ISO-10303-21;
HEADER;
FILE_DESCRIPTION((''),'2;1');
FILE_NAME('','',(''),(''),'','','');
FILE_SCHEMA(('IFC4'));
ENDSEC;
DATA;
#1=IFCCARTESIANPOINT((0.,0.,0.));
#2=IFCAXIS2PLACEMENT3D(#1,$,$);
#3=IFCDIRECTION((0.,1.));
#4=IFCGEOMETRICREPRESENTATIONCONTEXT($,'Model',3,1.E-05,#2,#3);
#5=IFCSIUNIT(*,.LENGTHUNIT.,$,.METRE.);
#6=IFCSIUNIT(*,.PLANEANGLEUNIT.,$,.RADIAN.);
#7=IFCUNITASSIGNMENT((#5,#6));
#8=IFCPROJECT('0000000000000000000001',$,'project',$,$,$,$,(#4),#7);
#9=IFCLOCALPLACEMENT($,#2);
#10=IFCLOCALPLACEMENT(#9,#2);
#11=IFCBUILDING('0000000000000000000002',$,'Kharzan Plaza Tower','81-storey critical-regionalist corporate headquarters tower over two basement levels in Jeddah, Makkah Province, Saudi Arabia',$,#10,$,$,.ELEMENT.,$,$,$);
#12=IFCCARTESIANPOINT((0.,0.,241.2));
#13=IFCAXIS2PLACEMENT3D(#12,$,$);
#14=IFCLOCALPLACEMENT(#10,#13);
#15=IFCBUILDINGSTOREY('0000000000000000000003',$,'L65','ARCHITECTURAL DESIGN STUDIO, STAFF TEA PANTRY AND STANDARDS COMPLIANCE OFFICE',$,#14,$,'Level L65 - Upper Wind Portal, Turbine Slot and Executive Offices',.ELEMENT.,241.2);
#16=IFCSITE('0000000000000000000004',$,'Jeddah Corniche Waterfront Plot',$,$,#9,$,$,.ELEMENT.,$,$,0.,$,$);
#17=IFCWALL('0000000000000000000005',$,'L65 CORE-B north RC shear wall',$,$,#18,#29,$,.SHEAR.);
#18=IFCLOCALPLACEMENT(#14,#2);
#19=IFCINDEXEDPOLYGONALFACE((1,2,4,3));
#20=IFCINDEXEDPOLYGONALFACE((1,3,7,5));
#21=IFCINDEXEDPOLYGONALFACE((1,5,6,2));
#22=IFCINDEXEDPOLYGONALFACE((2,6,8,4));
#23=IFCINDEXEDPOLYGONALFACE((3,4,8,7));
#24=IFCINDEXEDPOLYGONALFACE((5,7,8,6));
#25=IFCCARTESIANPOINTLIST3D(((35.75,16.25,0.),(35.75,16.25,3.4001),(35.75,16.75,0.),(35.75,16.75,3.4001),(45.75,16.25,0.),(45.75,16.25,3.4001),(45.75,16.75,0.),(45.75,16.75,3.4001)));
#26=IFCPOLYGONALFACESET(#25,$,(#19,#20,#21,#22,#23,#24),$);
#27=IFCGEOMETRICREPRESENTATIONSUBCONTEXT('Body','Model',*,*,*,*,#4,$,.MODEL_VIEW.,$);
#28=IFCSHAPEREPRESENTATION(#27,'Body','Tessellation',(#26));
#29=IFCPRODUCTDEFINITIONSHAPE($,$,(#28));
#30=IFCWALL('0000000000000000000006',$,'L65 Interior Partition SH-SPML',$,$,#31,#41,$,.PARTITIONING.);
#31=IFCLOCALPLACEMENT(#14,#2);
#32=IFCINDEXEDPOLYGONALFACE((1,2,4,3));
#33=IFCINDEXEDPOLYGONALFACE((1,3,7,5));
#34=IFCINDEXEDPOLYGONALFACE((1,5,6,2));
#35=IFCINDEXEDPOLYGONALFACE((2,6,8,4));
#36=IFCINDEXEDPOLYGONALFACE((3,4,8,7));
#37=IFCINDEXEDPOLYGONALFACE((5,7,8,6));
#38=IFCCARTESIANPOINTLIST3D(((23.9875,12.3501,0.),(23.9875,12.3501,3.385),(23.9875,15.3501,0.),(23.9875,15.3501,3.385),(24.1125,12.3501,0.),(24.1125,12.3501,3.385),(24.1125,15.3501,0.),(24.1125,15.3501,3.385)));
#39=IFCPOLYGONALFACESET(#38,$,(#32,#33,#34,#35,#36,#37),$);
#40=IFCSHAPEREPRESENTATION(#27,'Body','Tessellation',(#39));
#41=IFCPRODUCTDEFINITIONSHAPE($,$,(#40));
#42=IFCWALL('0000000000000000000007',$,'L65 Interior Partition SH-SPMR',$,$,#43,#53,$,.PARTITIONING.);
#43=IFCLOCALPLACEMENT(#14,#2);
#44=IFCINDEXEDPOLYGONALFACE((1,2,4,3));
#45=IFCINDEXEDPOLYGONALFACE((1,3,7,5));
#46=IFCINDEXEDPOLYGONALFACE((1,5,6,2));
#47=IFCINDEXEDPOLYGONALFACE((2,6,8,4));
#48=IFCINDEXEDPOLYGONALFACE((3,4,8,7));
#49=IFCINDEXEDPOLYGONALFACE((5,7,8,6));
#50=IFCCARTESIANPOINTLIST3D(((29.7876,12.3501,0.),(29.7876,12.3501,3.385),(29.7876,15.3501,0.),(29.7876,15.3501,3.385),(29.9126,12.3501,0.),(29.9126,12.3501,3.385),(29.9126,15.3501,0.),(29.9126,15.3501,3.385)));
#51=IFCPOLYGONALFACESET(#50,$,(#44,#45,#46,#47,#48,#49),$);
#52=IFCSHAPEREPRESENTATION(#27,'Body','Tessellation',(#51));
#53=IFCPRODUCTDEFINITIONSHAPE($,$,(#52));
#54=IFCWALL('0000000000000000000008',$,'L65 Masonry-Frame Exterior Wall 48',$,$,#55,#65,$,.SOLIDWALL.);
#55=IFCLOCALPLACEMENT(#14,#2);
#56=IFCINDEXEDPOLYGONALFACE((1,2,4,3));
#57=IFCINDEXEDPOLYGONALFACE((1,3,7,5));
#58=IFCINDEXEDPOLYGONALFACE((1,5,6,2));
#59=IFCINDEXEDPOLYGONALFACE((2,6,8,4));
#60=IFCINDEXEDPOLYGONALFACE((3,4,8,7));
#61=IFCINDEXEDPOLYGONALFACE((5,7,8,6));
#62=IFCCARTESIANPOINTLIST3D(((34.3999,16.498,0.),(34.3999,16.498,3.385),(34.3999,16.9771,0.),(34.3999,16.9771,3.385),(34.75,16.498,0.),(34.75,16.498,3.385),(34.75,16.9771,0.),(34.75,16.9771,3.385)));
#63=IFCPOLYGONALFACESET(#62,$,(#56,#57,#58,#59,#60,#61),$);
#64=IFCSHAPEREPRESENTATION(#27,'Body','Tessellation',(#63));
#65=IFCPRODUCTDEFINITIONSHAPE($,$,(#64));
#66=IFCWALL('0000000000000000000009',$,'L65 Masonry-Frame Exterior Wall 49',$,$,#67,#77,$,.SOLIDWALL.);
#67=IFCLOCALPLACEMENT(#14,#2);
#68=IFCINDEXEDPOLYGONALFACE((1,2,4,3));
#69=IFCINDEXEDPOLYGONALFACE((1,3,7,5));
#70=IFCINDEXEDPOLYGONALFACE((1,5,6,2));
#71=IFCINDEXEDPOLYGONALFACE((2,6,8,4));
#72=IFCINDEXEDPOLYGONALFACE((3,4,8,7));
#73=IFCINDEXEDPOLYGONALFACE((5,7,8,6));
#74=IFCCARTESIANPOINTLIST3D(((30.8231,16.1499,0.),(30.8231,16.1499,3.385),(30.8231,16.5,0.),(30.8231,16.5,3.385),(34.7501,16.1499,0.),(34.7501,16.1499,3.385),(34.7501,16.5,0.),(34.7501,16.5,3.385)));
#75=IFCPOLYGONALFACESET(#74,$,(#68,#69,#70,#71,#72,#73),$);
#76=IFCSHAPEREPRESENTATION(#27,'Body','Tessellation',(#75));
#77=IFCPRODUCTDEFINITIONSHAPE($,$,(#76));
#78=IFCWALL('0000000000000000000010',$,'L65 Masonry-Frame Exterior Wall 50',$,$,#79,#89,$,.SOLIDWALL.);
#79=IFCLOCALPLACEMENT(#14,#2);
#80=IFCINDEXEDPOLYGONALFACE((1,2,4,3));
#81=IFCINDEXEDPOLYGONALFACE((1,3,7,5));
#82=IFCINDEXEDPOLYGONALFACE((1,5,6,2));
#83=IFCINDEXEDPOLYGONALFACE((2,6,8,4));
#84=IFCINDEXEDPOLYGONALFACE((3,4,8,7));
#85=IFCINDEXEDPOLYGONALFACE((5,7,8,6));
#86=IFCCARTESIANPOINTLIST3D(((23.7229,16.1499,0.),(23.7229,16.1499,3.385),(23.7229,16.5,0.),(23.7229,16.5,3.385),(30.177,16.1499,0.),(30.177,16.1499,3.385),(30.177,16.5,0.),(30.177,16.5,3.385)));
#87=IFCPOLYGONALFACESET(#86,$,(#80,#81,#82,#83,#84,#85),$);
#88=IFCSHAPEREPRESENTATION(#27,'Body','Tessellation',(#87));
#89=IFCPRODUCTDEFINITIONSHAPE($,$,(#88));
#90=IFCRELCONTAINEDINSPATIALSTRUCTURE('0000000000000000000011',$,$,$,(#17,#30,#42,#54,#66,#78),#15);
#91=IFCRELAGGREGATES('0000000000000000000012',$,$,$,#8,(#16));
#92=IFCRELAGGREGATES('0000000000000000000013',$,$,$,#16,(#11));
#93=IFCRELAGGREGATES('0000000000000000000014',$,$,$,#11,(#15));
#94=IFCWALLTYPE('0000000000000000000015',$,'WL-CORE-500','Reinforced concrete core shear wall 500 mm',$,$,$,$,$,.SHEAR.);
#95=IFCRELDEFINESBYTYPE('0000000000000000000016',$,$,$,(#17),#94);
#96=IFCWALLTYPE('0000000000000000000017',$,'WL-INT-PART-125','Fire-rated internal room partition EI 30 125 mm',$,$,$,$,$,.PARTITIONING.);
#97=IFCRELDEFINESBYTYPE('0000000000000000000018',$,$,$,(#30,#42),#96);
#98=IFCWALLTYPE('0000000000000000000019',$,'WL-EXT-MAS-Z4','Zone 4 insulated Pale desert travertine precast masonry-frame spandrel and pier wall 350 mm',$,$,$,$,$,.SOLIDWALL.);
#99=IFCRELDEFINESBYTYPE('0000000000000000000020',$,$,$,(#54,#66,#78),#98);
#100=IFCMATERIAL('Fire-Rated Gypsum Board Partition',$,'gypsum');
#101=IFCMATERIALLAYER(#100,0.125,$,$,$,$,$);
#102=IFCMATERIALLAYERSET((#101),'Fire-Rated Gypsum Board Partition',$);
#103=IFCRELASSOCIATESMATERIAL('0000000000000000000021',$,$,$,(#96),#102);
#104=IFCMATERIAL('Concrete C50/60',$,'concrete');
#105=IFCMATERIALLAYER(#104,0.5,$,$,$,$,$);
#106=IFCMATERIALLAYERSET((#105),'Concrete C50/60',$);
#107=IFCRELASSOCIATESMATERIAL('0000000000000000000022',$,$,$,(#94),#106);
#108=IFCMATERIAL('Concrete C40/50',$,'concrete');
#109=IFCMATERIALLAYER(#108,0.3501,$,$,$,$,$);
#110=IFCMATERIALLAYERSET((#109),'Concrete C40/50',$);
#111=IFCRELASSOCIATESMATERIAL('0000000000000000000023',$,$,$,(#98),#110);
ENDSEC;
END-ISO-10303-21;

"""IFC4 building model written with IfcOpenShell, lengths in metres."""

from ifc_helpers import new_model, si_unit, direction, frame, frame_2d, origin, place, context, subcontext, project, spatial, rectangle, extrude, source, transform, mapped, material, layer, layer_set, type_object, element, save


model = new_model("IFC4")

# Units and contexts
model_context = context("Model", 3, precision=1e-05, world=origin(), true_north=direction((0.0, 1.0)))
body_context = subcontext(model_context, "Body", "Model", "MODEL_VIEW")
ifc_project = project(units=[si_unit("LENGTHUNIT", "METRE"), si_unit("PLANEANGLEUNIT", "RADIAN")], contexts=[model_context])

# Site, building, storey
site_placement = place(None, origin())
site = spatial("IfcSite", under=ifc_project, at=site_placement, Name="Jeddah Corniche Waterfront Plot", CompositionType="ELEMENT", RefElevation=0.0)
building_placement = place(site_placement, origin())
building = spatial("IfcBuilding", under=site, at=building_placement, Name="Kharzan Plaza Tower", Description="81-storey critical-regionalist corporate headquarters tower over two basement levels in Jeddah, Makkah Province, Saudi Arabia", CompositionType="ELEMENT")
storey_placement = place(building_placement, frame((0.0, 0.0, 241.2)))
storey = spatial("IfcBuildingStorey", under=building, at=storey_placement, Name="L65", Description="ARCHITECTURAL DESIGN STUDIO, STAFF TEA PANTRY AND STANDARDS COMPLIANCE OFFICE", LongName="Level L65 - Upper Wind Portal, Turbine Slot and Executive Offices", CompositionType="ELEMENT", Elevation=241.2)

# Shared definitions
ifc_material_1 = material(Name="Concrete C50/60", Category="concrete")

# Shared definitions
ifc_material_2 = material(Name="Fire-Rated Gypsum Board Partition", Category="gypsum")
ifc_layer_1 = layer(ifc_material_2, 0.125)
ifc_layer_set_1 = layer_set([ifc_layer_1], Name="Fire-Rated Gypsum Board Partition")
wall_type_1 = type_object("IfcWallType", Name="WL-INT-PART-125", Description="Fire-rated internal room partition EI 30 125 mm", PredefinedType="PARTITIONING", material=ifc_layer_set_1)

# Walls
ifc_layer_2 = layer(ifc_material_1, 0.5)
ifc_layer_set_2 = layer_set([ifc_layer_2], Name="Concrete C50/60")
wall_type_2 = type_object("IfcWallType", Name="WL-CORE-500", Description="Reinforced concrete core shear wall 500 mm", PredefinedType="SHEAR", material=ifc_layer_set_2)
shared_shape_1 = source(origin(), body_context, "Body", "SweptSolid", [
    extrude(rectangle(XDim=10.0, YDim=0.5, at=frame_2d((5.0, 0.0))), origin(), (0.0, 0.0, 1.0), 3.4001),
])
wall_1_placement = place(storey_placement, frame((35.75, 16.5, 0.0), z_axis=(0.0, 0.0, 1.0), x_axis=(1.0, 0.0, 0.0)))
element("IfcWall", 1, at=wall_1_placement, inside=storey, type_object=wall_type_2, Name="L65 CORE-B north RC shear wall", PredefinedType="SHEAR", context=body_context, shape_type="MappedRepresentation", body=[
    mapped(shared_shape_1, transform((0.0, 0.0, 0.0), x_axis=(1.0, 0.0, 0.0), y_axis=(0.0, 1.0, 0.0), z_axis=(0.0, 0.0, 1.0))),
])
shared_shape_2 = source(origin(), body_context, "Body", "SweptSolid", [
    extrude(rectangle(XDim=3.0, YDim=0.125, at=frame_2d((1.5, 0.0))), origin(), (0.0, 0.0, 1.0), 3.385),
])
for number, where, z_axis, x_axis, name in (
    (2, (24.05, 12.3501, 0.0), (0.0, 0.0, 1.0), (0.0, 1.0, 0.0), "L65 Interior Partition SH-SPML"),
    (3, (29.8501, 12.3501, 0.0), (0.0, 0.0, 1.0), (0.0, 1.0, 0.0), "L65 Interior Partition SH-SPMR"),
):
    element("IfcWall", number, at=place(storey_placement, frame(where, z_axis=z_axis, x_axis=x_axis)), inside=storey, type_object=wall_type_1, Name=name, PredefinedType="PARTITIONING", context=body_context, shape_type="MappedRepresentation", body=[
        mapped(shared_shape_2, transform((0.0, 0.0, 0.0), x_axis=(1.0, 0.0, 0.0), y_axis=(0.0, 1.0, 0.0), z_axis=(0.0, 0.0, 1.0))),
    ])
ifc_material_3 = material(Name="Concrete C40/50", Category="concrete")
ifc_layer_3 = layer(ifc_material_3, 0.3501)
ifc_layer_set_3 = layer_set([ifc_layer_3], Name="Concrete C40/50")
wall_type_3 = type_object("IfcWallType", Name="WL-EXT-MAS-Z4", Description="Zone 4 insulated Pale desert travertine precast masonry-frame spandrel and pier wall 350 mm", PredefinedType="SOLIDWALL", material=ifc_layer_set_3)
shared_shape_3 = source(origin(), body_context, "Body", "SweptSolid", [
    extrude(rectangle(XDim=0.479, YDim=0.3501, at=frame_2d((0.2395, 0.0))), origin(), (0.0, 0.0, 1.0), 3.385),
])
wall_2_placement = place(storey_placement, frame((34.575, 16.9771, 0.0), z_axis=(0.0, 0.0, 1.0), x_axis=(0.0, -1.0, 0.0)))
element("IfcWall", 4, at=wall_2_placement, inside=storey, type_object=wall_type_3, Name="L65 Masonry-Frame Exterior Wall 48", PredefinedType="SOLIDWALL", context=body_context, shape_type="MappedRepresentation", body=[
    mapped(shared_shape_3, transform((0.0, 0.0, 0.0), x_axis=(1.0, 0.0, 0.0), y_axis=(0.0, 1.0, 0.0), z_axis=(0.0, 0.0, 1.0))),
])
shared_shape_4 = source(origin(), body_context, "Body", "SweptSolid", [
    extrude(rectangle(XDim=3.927, YDim=0.3501, at=frame_2d((1.9634, 0.0))), origin(), (0.0, 0.0, 1.0), 3.385),
])
wall_3_placement = place(storey_placement, frame((34.75, 16.325, 0.0), z_axis=(0.0, 0.0, 1.0), x_axis=(-1.0, 0.0, 0.0)))
element("IfcWall", 5, at=wall_3_placement, inside=storey, type_object=wall_type_3, Name="L65 Masonry-Frame Exterior Wall 49", PredefinedType="SOLIDWALL", context=body_context, shape_type="MappedRepresentation", body=[
    mapped(shared_shape_4, transform((0.0, 0.0, 0.0), x_axis=(1.0, 0.0, 0.0), y_axis=(0.0, 1.0, 0.0), z_axis=(0.0, 0.0, 1.0))),
])
shared_shape_5 = source(origin(), body_context, "Body", "SweptSolid", [
    extrude(rectangle(XDim=6.4541, YDim=0.3501, at=frame_2d((3.2271, 0.0))), origin(), (0.0, 0.0, 1.0), 3.385),
])
wall_4_placement = place(storey_placement, frame((30.177, 16.325, 0.0), z_axis=(0.0, 0.0, 1.0), x_axis=(-1.0, 0.0, 0.0)))
element("IfcWall", 6, at=wall_4_placement, inside=storey, type_object=wall_type_3, Name="L65 Masonry-Frame Exterior Wall 50", PredefinedType="SOLIDWALL", context=body_context, shape_type="MappedRepresentation", body=[
    mapped(shared_shape_5, transform((0.0, 0.0, 0.0), x_axis=(1.0, 0.0, 0.0), y_axis=(0.0, 1.0, 0.0), z_axis=(0.0, 0.0, 1.0))),
])

save(model, "model.ifc")
